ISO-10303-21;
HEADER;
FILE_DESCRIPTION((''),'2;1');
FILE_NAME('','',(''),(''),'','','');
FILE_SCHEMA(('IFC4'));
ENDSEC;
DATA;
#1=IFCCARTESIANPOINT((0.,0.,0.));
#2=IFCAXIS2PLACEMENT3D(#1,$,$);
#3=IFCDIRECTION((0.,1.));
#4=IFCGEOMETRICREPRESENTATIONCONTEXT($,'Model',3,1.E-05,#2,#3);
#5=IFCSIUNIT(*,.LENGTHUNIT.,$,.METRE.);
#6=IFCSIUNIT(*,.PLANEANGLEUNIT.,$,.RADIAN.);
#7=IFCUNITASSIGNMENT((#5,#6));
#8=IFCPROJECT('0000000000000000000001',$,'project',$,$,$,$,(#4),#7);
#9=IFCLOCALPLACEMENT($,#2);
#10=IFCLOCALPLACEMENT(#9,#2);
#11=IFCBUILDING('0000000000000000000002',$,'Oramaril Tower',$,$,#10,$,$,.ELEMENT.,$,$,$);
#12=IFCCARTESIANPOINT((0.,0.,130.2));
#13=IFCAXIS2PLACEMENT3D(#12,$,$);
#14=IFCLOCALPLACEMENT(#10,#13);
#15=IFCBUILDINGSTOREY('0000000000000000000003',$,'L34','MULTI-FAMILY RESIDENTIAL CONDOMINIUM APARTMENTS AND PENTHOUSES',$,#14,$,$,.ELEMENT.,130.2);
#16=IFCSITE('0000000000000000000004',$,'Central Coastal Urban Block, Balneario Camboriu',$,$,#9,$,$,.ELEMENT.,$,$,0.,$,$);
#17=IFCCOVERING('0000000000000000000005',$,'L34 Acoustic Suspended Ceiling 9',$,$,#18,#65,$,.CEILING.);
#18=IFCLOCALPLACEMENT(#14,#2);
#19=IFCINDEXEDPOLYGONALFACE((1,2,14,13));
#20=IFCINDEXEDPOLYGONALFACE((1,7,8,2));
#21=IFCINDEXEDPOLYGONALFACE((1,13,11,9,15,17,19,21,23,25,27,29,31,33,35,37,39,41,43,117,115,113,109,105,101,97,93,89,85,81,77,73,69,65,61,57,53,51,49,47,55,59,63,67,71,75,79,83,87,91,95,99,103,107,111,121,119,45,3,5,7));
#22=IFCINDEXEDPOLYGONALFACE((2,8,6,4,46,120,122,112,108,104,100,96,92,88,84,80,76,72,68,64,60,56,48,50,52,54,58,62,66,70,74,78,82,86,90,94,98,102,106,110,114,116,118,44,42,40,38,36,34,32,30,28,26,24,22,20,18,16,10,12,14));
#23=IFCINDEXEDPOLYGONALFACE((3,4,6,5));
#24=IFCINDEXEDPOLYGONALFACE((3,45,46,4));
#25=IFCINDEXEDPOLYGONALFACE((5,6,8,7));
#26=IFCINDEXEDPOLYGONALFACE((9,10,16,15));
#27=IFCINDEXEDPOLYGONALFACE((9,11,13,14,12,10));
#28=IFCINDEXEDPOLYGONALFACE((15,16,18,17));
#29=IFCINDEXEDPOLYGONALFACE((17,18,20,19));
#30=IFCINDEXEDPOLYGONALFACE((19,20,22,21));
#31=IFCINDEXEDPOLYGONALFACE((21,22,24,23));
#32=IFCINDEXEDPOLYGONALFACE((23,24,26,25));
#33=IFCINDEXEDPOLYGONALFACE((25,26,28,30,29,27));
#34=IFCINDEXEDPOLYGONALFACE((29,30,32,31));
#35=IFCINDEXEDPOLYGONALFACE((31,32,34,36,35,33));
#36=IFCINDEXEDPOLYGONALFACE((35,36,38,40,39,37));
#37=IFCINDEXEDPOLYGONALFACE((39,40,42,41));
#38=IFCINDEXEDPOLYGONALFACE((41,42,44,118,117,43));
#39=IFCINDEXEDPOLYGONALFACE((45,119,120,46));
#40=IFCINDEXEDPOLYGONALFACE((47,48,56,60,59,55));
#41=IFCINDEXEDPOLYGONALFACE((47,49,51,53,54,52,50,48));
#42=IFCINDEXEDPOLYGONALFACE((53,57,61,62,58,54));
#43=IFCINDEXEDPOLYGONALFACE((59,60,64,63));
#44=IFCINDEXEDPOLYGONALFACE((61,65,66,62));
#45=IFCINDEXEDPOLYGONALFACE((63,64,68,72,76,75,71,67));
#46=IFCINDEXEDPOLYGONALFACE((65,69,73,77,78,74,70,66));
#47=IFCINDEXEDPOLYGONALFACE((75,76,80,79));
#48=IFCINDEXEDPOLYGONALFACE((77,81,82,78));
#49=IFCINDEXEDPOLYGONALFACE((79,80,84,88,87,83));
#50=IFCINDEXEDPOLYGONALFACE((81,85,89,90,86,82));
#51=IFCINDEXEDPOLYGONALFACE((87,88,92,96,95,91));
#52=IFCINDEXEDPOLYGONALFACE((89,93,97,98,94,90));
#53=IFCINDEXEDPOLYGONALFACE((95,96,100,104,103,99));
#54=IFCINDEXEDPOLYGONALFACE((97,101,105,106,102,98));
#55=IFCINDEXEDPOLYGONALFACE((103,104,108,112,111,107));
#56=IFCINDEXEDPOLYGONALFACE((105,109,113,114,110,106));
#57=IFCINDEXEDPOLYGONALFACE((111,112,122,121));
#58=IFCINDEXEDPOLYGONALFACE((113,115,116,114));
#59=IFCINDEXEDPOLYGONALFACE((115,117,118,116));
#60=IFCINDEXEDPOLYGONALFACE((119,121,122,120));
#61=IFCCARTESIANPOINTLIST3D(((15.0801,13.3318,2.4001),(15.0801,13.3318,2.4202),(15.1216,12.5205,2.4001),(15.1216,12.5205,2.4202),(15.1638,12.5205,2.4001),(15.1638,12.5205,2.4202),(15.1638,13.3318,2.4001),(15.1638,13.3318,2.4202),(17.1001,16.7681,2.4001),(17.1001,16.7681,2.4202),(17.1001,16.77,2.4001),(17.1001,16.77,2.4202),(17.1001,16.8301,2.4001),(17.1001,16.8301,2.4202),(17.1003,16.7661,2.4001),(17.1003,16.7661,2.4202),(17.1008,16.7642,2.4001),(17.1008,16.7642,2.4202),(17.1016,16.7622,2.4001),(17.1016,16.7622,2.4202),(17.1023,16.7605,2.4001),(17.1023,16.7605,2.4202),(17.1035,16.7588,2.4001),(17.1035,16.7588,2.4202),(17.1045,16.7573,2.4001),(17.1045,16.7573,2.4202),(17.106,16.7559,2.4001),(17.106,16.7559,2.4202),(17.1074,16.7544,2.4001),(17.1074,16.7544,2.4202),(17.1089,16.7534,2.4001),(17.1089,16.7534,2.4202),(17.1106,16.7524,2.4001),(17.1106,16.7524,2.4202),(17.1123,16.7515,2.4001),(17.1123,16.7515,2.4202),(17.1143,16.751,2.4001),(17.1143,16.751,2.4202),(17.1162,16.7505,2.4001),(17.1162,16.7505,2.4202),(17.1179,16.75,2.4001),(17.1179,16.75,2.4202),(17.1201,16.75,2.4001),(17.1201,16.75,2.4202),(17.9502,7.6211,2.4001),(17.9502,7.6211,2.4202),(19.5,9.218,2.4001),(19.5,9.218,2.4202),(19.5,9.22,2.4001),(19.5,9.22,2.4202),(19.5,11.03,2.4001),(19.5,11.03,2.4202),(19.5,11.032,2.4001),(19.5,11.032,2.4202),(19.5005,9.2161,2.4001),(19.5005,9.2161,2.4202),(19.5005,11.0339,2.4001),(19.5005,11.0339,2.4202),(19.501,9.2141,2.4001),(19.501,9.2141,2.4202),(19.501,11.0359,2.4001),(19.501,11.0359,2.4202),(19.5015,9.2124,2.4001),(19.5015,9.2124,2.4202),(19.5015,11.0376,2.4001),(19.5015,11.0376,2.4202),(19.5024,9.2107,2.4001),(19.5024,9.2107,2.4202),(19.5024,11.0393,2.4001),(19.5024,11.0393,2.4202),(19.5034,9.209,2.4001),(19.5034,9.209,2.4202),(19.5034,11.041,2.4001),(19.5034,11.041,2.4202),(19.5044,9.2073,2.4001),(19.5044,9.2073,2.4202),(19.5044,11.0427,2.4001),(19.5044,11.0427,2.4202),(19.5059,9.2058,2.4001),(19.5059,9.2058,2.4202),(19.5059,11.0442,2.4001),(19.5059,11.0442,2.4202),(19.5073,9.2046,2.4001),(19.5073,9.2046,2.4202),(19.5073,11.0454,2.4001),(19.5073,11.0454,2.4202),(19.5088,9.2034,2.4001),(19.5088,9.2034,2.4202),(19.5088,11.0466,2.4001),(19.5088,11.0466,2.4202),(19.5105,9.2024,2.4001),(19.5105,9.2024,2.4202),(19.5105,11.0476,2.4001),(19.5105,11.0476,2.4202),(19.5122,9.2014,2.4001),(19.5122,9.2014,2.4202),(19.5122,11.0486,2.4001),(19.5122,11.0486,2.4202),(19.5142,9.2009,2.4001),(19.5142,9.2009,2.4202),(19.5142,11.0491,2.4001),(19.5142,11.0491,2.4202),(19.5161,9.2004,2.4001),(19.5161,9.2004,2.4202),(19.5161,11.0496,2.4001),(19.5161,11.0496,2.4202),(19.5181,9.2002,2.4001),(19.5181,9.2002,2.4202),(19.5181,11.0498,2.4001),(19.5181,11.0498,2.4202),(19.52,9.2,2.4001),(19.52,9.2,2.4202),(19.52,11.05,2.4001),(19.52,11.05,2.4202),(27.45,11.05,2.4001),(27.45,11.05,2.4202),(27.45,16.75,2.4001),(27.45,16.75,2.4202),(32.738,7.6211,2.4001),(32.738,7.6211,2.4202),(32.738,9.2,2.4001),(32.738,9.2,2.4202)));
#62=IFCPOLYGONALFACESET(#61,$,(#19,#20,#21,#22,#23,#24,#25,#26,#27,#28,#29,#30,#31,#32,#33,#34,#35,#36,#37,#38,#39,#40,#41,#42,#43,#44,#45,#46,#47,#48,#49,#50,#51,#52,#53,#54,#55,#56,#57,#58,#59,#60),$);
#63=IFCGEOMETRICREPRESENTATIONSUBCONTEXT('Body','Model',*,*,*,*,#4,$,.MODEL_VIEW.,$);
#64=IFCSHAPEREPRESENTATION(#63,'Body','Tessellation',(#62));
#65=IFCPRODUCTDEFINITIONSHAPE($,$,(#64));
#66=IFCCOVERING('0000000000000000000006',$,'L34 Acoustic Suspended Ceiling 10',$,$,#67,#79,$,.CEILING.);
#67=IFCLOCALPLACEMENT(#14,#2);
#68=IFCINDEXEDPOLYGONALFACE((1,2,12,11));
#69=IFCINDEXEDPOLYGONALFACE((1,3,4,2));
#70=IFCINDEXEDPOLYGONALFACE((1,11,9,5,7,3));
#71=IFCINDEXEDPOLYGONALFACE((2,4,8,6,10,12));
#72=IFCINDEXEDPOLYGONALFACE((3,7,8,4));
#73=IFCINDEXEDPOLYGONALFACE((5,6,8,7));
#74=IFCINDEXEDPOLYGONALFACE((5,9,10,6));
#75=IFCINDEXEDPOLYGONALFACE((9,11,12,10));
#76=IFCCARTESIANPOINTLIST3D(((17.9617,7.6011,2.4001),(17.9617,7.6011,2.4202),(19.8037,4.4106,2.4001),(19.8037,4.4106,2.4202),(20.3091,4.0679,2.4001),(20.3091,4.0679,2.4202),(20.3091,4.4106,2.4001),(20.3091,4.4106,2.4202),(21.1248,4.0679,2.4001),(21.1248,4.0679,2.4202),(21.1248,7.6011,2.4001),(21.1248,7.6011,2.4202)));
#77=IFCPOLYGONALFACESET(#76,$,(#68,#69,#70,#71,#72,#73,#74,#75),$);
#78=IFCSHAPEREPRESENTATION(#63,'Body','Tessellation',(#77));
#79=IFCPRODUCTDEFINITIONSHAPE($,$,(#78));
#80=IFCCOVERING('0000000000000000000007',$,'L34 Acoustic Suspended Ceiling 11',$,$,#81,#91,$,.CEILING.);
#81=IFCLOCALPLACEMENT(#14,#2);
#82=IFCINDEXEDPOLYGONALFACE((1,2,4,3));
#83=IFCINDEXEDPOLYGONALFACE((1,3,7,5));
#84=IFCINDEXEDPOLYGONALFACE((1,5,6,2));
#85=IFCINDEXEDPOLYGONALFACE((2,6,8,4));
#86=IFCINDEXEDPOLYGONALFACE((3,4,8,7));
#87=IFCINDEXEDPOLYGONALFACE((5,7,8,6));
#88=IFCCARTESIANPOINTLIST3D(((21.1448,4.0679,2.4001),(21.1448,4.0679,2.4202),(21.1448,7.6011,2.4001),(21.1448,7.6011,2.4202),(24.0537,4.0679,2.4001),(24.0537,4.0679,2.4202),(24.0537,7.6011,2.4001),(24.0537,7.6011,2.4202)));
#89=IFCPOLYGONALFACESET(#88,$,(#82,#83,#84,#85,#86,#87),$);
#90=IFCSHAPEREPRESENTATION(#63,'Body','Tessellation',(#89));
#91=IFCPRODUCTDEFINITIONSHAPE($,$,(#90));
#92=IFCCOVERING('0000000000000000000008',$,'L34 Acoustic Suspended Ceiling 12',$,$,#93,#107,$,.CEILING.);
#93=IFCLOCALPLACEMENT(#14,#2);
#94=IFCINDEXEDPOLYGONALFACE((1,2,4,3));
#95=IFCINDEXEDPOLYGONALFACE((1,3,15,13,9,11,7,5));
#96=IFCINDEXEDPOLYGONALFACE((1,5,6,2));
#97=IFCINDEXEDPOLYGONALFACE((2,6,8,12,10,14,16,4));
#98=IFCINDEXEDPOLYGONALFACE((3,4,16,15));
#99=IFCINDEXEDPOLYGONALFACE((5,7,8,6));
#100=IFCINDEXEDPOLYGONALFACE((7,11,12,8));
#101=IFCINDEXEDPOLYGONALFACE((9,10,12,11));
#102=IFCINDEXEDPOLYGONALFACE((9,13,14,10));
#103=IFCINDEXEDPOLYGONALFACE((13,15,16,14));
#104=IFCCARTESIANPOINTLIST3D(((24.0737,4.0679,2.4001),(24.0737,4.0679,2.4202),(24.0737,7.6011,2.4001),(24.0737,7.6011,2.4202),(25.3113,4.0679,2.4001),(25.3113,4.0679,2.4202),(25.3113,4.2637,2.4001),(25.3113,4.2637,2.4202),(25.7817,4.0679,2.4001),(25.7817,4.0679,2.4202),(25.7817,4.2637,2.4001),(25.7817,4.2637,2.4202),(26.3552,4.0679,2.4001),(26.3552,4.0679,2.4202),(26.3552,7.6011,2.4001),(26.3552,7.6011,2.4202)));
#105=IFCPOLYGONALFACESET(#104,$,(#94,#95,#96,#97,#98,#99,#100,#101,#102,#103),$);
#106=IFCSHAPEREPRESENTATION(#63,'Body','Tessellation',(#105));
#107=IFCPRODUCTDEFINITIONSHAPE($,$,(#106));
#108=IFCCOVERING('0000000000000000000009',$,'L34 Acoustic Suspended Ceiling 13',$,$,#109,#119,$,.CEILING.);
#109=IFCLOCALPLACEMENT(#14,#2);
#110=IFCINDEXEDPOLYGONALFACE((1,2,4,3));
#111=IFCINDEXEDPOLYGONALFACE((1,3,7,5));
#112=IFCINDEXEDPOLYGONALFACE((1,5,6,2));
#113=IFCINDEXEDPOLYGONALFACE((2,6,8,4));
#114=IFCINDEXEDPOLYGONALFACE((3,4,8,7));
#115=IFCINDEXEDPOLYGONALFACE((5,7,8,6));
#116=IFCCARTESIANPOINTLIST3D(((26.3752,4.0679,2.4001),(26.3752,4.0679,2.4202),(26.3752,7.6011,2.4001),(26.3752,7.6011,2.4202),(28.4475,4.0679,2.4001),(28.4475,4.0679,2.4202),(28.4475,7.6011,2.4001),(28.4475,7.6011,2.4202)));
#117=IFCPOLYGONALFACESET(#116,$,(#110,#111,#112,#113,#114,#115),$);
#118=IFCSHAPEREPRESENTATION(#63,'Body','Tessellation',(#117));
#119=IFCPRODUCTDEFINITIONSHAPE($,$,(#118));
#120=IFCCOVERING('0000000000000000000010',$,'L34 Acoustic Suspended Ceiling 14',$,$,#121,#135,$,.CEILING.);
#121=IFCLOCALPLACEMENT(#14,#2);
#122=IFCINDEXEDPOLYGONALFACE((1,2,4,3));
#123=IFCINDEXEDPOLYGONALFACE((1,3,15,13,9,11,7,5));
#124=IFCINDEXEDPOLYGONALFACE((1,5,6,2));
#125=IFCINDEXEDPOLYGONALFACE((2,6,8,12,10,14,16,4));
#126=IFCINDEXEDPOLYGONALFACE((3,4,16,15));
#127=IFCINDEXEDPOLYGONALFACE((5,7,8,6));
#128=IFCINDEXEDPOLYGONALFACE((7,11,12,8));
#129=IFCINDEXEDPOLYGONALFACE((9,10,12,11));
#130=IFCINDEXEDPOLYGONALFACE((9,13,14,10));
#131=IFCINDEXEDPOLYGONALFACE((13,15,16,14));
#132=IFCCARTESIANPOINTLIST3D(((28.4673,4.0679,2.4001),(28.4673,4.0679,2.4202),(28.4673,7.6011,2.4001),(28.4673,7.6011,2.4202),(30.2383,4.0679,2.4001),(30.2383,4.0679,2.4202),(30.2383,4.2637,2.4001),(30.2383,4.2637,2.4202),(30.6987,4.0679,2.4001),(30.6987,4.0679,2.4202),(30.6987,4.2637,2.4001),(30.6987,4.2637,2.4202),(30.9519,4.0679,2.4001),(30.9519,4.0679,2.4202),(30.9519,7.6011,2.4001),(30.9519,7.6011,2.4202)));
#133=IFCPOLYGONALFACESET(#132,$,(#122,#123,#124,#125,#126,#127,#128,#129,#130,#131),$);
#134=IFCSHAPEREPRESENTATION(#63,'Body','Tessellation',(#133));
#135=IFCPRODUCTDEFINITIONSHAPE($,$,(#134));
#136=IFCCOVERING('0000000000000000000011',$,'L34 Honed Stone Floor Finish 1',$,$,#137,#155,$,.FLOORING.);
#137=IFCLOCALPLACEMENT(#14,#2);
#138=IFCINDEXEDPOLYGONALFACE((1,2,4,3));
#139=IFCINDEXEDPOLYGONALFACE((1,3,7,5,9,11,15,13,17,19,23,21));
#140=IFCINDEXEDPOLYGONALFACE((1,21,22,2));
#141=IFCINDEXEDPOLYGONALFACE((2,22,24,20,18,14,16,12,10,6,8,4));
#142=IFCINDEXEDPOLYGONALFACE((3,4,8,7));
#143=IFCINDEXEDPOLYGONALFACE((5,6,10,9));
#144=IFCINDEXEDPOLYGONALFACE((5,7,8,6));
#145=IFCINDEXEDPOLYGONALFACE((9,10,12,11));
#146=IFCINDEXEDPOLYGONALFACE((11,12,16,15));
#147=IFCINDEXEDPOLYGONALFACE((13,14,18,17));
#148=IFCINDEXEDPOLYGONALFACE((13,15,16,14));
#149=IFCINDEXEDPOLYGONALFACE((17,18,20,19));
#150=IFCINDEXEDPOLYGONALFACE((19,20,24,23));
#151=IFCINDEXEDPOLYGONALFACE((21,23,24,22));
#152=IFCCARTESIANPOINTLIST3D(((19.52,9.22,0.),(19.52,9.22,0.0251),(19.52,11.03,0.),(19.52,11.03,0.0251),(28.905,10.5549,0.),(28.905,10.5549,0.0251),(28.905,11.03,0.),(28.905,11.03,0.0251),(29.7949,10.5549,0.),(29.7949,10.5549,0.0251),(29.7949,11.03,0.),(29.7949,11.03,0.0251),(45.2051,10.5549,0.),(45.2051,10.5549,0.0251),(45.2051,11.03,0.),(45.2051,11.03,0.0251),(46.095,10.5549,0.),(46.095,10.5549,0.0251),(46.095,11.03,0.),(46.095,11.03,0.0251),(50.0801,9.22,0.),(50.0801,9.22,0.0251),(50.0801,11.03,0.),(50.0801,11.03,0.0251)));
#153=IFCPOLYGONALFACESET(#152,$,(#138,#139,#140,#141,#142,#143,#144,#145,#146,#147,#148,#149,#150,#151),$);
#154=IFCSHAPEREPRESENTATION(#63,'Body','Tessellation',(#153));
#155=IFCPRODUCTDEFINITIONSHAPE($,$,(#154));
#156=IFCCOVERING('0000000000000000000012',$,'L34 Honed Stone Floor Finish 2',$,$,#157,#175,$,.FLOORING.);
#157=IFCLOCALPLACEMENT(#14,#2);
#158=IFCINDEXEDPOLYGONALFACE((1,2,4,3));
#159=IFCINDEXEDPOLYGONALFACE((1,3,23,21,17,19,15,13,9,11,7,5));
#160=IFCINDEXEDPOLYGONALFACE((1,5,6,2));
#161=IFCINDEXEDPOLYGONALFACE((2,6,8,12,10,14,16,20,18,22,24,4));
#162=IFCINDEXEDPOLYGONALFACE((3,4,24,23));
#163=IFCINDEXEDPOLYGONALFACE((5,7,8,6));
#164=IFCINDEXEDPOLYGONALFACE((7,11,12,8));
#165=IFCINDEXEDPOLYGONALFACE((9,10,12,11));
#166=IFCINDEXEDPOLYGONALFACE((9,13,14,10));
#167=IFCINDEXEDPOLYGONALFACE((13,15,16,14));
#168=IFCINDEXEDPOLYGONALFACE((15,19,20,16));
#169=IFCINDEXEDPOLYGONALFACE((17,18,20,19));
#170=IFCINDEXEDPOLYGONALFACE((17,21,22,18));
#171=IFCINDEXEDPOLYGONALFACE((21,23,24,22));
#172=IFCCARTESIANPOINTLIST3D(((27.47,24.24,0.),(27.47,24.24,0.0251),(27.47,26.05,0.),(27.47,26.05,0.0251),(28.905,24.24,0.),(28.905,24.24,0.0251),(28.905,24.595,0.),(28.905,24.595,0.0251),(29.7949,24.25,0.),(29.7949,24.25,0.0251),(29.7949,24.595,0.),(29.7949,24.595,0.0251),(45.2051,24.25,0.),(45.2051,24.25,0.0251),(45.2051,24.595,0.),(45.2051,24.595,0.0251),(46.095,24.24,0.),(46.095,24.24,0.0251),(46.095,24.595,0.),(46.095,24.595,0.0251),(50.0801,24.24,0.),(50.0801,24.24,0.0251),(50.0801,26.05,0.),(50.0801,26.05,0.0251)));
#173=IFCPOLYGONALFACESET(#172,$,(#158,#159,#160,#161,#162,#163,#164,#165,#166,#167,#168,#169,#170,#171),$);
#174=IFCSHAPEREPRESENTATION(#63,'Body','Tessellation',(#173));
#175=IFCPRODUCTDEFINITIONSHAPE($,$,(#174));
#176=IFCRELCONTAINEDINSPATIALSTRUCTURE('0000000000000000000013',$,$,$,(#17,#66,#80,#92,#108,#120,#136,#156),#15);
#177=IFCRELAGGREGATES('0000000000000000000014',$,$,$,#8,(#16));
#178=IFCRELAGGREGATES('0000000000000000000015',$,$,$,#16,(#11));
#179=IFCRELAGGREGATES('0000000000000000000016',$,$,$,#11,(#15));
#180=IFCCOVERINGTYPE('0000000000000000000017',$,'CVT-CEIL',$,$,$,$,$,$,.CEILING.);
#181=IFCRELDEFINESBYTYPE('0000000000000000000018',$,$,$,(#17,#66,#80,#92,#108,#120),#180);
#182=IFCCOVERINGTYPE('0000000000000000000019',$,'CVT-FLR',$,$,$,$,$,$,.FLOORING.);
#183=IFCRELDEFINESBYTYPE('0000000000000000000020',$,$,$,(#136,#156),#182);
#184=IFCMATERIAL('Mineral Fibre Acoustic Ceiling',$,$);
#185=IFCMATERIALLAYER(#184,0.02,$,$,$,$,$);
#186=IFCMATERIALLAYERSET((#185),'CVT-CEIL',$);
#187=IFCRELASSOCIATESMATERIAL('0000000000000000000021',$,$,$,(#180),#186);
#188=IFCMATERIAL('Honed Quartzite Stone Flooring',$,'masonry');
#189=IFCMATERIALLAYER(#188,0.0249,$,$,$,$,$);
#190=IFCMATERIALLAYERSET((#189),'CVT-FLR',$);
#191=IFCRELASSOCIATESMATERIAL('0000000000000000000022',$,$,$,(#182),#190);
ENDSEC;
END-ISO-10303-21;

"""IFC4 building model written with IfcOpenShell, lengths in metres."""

from ifc_helpers import new_model, si_unit, direction, frame, origin, place, context, subcontext, project, spatial, polyline, outline, extrude, material, layer, layer_set, type_object, element, save


model = new_model("IFC4")

# Units and contexts
model_context = context("Model", 3, precision=1e-05, world=origin(), true_north=direction((0.0, 1.0)))
body_context = subcontext(model_context, "Body", "Model", "MODEL_VIEW")
ifc_project = project(units=[si_unit("LENGTHUNIT", "METRE"), si_unit("PLANEANGLEUNIT", "RADIAN")], contexts=[model_context])

# Site, building, storey
site_placement = place(None, origin())
site = spatial("IfcSite", under=ifc_project, at=site_placement, Name="Central Coastal Urban Block, Balneario Camboriu", CompositionType="ELEMENT", RefElevation=0.0)
building_placement = place(site_placement, origin())
building = spatial("IfcBuilding", under=site, at=building_placement, Name="Oramaril Tower", CompositionType="ELEMENT")
storey_placement = place(building_placement, frame((0.0, 0.0, 130.2)))
storey = spatial("IfcBuildingStorey", under=building, at=storey_placement, Name="L34", Description="MULTI-FAMILY RESIDENTIAL CONDOMINIUM APARTMENTS AND PENTHOUSES", CompositionType="ELEMENT", Elevation=130.2)

# Coverings
ifc_material_1 = material(Name="Mineral Fibre Acoustic Ceiling")
ifc_layer_1 = layer(ifc_material_1, 0.02)
ifc_layer_set_1 = layer_set([ifc_layer_1], Name="CVT-CEIL")
covering_type_1 = type_object("IfcCoveringType", Name="CVT-CEIL", PredefinedType="CEILING", material=ifc_layer_set_1)
covering_1_placement = place(storey_placement, frame((0.0, 0.0, 2.4001)))
element("IfcCovering", 1, at=covering_1_placement, inside=storey, type_object=covering_type_1, Name="L34 Acoustic Suspended Ceiling 9", PredefinedType="CEILING", context=body_context, shape_type="SweptSolid", body=[
    extrude(outline(polyline([(17.9502, 7.6211), (15.1216, 12.5205), (15.1638, 12.5205), (15.1638, 13.3318), (15.0801, 13.3318), (17.1001, 16.8301), (17.1001, 16.77), (17.1001, 16.7681), (17.1003, 16.7661), (17.1008, 16.7642), (17.1016, 16.7622), (17.1023, 16.7605), (17.1035, 16.7588), (17.1045, 16.7573), (17.106, 16.7559), (17.1074, 16.7544), (17.1089, 16.7534), (17.1106, 16.7524), (17.1123, 16.7515), (17.1143, 16.751), (17.1162, 16.7505), (17.1179, 16.75), (17.1201, 16.75), (27.45, 16.75), (27.45, 11.05), (19.52, 11.05), (19.5181, 11.0498), (19.5161, 11.0496), (19.5142, 11.0491), (19.5122, 11.0486), (19.5105, 11.0476), (19.5088, 11.0466), (19.5073, 11.0454), (19.5059, 11.0442), (19.5044, 11.0427), (19.5034, 11.041), (19.5024, 11.0393), (19.5015, 11.0376), (19.501, 11.0359), (19.5005, 11.0339), (19.5, 11.032), (19.5, 11.03), (19.5, 9.22), (19.5, 9.218), (19.5005, 9.2161), (19.501, 9.2141), (19.5015, 9.2124), (19.5024, 9.2107), (19.5034, 9.209), (19.5044, 9.2073), (19.5059, 9.2058), (19.5073, 9.2046), (19.5088, 9.2034), (19.5105, 9.2024), (19.5122, 9.2014), (19.5142, 9.2009), (19.5161, 9.2004), (19.5181, 9.2002), (19.52, 9.2), (32.738, 9.2), (32.738, 7.6211), (17.9502, 7.6211)])), origin(), (0.0, 0.0, 1.0), 0.02),
])
covering_2_placement = place(storey_placement, frame((0.0, 0.0, 2.4001)))
element("IfcCovering", 2, at=covering_2_placement, inside=storey, type_object=covering_type_1, Name="L34 Acoustic Suspended Ceiling 10", PredefinedType="CEILING", context=body_context, shape_type="SweptSolid", body=[
    extrude(outline(polyline([(20.3091, 4.0679), (20.3091, 4.4106), (19.8037, 4.4106), (17.9617, 7.6011), (21.1248, 7.6011), (21.1248, 4.0679), (20.3091, 4.0679)])), origin(), (0.0, 0.0, 1.0), 0.02),
])
covering_3_placement = place(storey_placement, frame((0.0, 0.0, 2.4001)))
element("IfcCovering", 3, at=covering_3_placement, inside=storey, type_object=covering_type_1, Name="L34 Acoustic Suspended Ceiling 11", PredefinedType="CEILING", context=body_context, shape_type="SweptSolid", body=[
    extrude(outline(polyline([(21.1448, 4.0679), (21.1448, 7.6011), (24.0537, 7.6011), (24.0537, 4.0679), (21.1448, 4.0679)])), origin(), (0.0, 0.0, 1.0), 0.02),
])
covering_4_placement = place(storey_placement, frame((0.0, 0.0, 2.4001)))
element("IfcCovering", 4, at=covering_4_placement, inside=storey, type_object=covering_type_1, Name="L34 Acoustic Suspended Ceiling 12", PredefinedType="CEILING", context=body_context, shape_type="SweptSolid", body=[
    extrude(outline(polyline([(25.7817, 4.0679), (25.7817, 4.2637), (25.3113, 4.2637), (25.3113, 4.0679), (24.0737, 4.0679), (24.0737, 7.6011), (26.3552, 7.6011), (26.3552, 4.0679), (25.7817, 4.0679)])), origin(), (0.0, 0.0, 1.0), 0.02),
])
covering_5_placement = place(storey_placement, frame((0.0, 0.0, 2.4001)))
element("IfcCovering", 5, at=covering_5_placement, inside=storey, type_object=covering_type_1, Name="L34 Acoustic Suspended Ceiling 13", PredefinedType="CEILING", context=body_context, shape_type="SweptSolid", body=[
    extrude(outline(polyline([(26.3752, 4.0679), (26.3752, 7.6011), (28.4475, 7.6011), (28.4475, 4.0679), (26.3752, 4.0679)])), origin(), (0.0, 0.0, 1.0), 0.02),
])
covering_6_placement = place(storey_placement, frame((0.0, 0.0, 2.4001)))
element("IfcCovering", 6, at=covering_6_placement, inside=storey, type_object=covering_type_1, Name="L34 Acoustic Suspended Ceiling 14", PredefinedType="CEILING", context=body_context, shape_type="SweptSolid", body=[
    extrude(outline(polyline([(30.6987, 4.0679), (30.6987, 4.2637), (30.2383, 4.2637), (30.2383, 4.0679), (28.4673, 4.0679), (28.4673, 7.6011), (30.9519, 7.6011), (30.9519, 4.0679), (30.6987, 4.0679)])), origin(), (0.0, 0.0, 1.0), 0.02),
])
ifc_material_2 = material(Name="Honed Quartzite Stone Flooring", Category="masonry")
ifc_layer_2 = layer(ifc_material_2, 0.0249)
ifc_layer_set_2 = layer_set([ifc_layer_2], Name="CVT-FLR")
covering_type_2 = type_object("IfcCoveringType", Name="CVT-FLR", PredefinedType="FLOORING", material=ifc_layer_set_2)
covering_7_placement = place(storey_placement, origin())
element("IfcCovering", 7, at=covering_7_placement, inside=storey, type_object=covering_type_2, Name="L34 Honed Stone Floor Finish 1", PredefinedType="FLOORING", context=body_context, shape_type="SweptSolid", body=[
    extrude(outline(polyline([(28.905, 10.5549), (29.7949, 10.5549), (29.7949, 11.03), (45.2051, 11.03), (45.2051, 10.5549), (46.095, 10.5549), (46.095, 11.03), (50.0801, 11.03), (50.0801, 9.22), (19.52, 9.22), (19.52, 11.03), (28.905, 11.03), (28.905, 10.5549)])), origin(), (0.0, 0.0, 1.0), 0.0251),
])
covering_8_placement = place(storey_placement, origin())
element("IfcCovering", 8, at=covering_8_placement, inside=storey, type_object=covering_type_2, Name="L34 Honed Stone Floor Finish 2", PredefinedType="FLOORING", context=body_context, shape_type="SweptSolid", body=[
    extrude(outline(polyline([(50.0801, 24.24), (46.095, 24.24), (46.095, 24.595), (45.2051, 24.595), (45.2051, 24.25), (29.7949, 24.25), (29.7949, 24.595), (28.905, 24.595), (28.905, 24.24), (27.47, 24.24), (27.47, 26.05), (50.0801, 26.05), (50.0801, 24.24)])), origin(), (0.0, 0.0, 1.0), 0.0251),
])

save(model, "model.ifc")
